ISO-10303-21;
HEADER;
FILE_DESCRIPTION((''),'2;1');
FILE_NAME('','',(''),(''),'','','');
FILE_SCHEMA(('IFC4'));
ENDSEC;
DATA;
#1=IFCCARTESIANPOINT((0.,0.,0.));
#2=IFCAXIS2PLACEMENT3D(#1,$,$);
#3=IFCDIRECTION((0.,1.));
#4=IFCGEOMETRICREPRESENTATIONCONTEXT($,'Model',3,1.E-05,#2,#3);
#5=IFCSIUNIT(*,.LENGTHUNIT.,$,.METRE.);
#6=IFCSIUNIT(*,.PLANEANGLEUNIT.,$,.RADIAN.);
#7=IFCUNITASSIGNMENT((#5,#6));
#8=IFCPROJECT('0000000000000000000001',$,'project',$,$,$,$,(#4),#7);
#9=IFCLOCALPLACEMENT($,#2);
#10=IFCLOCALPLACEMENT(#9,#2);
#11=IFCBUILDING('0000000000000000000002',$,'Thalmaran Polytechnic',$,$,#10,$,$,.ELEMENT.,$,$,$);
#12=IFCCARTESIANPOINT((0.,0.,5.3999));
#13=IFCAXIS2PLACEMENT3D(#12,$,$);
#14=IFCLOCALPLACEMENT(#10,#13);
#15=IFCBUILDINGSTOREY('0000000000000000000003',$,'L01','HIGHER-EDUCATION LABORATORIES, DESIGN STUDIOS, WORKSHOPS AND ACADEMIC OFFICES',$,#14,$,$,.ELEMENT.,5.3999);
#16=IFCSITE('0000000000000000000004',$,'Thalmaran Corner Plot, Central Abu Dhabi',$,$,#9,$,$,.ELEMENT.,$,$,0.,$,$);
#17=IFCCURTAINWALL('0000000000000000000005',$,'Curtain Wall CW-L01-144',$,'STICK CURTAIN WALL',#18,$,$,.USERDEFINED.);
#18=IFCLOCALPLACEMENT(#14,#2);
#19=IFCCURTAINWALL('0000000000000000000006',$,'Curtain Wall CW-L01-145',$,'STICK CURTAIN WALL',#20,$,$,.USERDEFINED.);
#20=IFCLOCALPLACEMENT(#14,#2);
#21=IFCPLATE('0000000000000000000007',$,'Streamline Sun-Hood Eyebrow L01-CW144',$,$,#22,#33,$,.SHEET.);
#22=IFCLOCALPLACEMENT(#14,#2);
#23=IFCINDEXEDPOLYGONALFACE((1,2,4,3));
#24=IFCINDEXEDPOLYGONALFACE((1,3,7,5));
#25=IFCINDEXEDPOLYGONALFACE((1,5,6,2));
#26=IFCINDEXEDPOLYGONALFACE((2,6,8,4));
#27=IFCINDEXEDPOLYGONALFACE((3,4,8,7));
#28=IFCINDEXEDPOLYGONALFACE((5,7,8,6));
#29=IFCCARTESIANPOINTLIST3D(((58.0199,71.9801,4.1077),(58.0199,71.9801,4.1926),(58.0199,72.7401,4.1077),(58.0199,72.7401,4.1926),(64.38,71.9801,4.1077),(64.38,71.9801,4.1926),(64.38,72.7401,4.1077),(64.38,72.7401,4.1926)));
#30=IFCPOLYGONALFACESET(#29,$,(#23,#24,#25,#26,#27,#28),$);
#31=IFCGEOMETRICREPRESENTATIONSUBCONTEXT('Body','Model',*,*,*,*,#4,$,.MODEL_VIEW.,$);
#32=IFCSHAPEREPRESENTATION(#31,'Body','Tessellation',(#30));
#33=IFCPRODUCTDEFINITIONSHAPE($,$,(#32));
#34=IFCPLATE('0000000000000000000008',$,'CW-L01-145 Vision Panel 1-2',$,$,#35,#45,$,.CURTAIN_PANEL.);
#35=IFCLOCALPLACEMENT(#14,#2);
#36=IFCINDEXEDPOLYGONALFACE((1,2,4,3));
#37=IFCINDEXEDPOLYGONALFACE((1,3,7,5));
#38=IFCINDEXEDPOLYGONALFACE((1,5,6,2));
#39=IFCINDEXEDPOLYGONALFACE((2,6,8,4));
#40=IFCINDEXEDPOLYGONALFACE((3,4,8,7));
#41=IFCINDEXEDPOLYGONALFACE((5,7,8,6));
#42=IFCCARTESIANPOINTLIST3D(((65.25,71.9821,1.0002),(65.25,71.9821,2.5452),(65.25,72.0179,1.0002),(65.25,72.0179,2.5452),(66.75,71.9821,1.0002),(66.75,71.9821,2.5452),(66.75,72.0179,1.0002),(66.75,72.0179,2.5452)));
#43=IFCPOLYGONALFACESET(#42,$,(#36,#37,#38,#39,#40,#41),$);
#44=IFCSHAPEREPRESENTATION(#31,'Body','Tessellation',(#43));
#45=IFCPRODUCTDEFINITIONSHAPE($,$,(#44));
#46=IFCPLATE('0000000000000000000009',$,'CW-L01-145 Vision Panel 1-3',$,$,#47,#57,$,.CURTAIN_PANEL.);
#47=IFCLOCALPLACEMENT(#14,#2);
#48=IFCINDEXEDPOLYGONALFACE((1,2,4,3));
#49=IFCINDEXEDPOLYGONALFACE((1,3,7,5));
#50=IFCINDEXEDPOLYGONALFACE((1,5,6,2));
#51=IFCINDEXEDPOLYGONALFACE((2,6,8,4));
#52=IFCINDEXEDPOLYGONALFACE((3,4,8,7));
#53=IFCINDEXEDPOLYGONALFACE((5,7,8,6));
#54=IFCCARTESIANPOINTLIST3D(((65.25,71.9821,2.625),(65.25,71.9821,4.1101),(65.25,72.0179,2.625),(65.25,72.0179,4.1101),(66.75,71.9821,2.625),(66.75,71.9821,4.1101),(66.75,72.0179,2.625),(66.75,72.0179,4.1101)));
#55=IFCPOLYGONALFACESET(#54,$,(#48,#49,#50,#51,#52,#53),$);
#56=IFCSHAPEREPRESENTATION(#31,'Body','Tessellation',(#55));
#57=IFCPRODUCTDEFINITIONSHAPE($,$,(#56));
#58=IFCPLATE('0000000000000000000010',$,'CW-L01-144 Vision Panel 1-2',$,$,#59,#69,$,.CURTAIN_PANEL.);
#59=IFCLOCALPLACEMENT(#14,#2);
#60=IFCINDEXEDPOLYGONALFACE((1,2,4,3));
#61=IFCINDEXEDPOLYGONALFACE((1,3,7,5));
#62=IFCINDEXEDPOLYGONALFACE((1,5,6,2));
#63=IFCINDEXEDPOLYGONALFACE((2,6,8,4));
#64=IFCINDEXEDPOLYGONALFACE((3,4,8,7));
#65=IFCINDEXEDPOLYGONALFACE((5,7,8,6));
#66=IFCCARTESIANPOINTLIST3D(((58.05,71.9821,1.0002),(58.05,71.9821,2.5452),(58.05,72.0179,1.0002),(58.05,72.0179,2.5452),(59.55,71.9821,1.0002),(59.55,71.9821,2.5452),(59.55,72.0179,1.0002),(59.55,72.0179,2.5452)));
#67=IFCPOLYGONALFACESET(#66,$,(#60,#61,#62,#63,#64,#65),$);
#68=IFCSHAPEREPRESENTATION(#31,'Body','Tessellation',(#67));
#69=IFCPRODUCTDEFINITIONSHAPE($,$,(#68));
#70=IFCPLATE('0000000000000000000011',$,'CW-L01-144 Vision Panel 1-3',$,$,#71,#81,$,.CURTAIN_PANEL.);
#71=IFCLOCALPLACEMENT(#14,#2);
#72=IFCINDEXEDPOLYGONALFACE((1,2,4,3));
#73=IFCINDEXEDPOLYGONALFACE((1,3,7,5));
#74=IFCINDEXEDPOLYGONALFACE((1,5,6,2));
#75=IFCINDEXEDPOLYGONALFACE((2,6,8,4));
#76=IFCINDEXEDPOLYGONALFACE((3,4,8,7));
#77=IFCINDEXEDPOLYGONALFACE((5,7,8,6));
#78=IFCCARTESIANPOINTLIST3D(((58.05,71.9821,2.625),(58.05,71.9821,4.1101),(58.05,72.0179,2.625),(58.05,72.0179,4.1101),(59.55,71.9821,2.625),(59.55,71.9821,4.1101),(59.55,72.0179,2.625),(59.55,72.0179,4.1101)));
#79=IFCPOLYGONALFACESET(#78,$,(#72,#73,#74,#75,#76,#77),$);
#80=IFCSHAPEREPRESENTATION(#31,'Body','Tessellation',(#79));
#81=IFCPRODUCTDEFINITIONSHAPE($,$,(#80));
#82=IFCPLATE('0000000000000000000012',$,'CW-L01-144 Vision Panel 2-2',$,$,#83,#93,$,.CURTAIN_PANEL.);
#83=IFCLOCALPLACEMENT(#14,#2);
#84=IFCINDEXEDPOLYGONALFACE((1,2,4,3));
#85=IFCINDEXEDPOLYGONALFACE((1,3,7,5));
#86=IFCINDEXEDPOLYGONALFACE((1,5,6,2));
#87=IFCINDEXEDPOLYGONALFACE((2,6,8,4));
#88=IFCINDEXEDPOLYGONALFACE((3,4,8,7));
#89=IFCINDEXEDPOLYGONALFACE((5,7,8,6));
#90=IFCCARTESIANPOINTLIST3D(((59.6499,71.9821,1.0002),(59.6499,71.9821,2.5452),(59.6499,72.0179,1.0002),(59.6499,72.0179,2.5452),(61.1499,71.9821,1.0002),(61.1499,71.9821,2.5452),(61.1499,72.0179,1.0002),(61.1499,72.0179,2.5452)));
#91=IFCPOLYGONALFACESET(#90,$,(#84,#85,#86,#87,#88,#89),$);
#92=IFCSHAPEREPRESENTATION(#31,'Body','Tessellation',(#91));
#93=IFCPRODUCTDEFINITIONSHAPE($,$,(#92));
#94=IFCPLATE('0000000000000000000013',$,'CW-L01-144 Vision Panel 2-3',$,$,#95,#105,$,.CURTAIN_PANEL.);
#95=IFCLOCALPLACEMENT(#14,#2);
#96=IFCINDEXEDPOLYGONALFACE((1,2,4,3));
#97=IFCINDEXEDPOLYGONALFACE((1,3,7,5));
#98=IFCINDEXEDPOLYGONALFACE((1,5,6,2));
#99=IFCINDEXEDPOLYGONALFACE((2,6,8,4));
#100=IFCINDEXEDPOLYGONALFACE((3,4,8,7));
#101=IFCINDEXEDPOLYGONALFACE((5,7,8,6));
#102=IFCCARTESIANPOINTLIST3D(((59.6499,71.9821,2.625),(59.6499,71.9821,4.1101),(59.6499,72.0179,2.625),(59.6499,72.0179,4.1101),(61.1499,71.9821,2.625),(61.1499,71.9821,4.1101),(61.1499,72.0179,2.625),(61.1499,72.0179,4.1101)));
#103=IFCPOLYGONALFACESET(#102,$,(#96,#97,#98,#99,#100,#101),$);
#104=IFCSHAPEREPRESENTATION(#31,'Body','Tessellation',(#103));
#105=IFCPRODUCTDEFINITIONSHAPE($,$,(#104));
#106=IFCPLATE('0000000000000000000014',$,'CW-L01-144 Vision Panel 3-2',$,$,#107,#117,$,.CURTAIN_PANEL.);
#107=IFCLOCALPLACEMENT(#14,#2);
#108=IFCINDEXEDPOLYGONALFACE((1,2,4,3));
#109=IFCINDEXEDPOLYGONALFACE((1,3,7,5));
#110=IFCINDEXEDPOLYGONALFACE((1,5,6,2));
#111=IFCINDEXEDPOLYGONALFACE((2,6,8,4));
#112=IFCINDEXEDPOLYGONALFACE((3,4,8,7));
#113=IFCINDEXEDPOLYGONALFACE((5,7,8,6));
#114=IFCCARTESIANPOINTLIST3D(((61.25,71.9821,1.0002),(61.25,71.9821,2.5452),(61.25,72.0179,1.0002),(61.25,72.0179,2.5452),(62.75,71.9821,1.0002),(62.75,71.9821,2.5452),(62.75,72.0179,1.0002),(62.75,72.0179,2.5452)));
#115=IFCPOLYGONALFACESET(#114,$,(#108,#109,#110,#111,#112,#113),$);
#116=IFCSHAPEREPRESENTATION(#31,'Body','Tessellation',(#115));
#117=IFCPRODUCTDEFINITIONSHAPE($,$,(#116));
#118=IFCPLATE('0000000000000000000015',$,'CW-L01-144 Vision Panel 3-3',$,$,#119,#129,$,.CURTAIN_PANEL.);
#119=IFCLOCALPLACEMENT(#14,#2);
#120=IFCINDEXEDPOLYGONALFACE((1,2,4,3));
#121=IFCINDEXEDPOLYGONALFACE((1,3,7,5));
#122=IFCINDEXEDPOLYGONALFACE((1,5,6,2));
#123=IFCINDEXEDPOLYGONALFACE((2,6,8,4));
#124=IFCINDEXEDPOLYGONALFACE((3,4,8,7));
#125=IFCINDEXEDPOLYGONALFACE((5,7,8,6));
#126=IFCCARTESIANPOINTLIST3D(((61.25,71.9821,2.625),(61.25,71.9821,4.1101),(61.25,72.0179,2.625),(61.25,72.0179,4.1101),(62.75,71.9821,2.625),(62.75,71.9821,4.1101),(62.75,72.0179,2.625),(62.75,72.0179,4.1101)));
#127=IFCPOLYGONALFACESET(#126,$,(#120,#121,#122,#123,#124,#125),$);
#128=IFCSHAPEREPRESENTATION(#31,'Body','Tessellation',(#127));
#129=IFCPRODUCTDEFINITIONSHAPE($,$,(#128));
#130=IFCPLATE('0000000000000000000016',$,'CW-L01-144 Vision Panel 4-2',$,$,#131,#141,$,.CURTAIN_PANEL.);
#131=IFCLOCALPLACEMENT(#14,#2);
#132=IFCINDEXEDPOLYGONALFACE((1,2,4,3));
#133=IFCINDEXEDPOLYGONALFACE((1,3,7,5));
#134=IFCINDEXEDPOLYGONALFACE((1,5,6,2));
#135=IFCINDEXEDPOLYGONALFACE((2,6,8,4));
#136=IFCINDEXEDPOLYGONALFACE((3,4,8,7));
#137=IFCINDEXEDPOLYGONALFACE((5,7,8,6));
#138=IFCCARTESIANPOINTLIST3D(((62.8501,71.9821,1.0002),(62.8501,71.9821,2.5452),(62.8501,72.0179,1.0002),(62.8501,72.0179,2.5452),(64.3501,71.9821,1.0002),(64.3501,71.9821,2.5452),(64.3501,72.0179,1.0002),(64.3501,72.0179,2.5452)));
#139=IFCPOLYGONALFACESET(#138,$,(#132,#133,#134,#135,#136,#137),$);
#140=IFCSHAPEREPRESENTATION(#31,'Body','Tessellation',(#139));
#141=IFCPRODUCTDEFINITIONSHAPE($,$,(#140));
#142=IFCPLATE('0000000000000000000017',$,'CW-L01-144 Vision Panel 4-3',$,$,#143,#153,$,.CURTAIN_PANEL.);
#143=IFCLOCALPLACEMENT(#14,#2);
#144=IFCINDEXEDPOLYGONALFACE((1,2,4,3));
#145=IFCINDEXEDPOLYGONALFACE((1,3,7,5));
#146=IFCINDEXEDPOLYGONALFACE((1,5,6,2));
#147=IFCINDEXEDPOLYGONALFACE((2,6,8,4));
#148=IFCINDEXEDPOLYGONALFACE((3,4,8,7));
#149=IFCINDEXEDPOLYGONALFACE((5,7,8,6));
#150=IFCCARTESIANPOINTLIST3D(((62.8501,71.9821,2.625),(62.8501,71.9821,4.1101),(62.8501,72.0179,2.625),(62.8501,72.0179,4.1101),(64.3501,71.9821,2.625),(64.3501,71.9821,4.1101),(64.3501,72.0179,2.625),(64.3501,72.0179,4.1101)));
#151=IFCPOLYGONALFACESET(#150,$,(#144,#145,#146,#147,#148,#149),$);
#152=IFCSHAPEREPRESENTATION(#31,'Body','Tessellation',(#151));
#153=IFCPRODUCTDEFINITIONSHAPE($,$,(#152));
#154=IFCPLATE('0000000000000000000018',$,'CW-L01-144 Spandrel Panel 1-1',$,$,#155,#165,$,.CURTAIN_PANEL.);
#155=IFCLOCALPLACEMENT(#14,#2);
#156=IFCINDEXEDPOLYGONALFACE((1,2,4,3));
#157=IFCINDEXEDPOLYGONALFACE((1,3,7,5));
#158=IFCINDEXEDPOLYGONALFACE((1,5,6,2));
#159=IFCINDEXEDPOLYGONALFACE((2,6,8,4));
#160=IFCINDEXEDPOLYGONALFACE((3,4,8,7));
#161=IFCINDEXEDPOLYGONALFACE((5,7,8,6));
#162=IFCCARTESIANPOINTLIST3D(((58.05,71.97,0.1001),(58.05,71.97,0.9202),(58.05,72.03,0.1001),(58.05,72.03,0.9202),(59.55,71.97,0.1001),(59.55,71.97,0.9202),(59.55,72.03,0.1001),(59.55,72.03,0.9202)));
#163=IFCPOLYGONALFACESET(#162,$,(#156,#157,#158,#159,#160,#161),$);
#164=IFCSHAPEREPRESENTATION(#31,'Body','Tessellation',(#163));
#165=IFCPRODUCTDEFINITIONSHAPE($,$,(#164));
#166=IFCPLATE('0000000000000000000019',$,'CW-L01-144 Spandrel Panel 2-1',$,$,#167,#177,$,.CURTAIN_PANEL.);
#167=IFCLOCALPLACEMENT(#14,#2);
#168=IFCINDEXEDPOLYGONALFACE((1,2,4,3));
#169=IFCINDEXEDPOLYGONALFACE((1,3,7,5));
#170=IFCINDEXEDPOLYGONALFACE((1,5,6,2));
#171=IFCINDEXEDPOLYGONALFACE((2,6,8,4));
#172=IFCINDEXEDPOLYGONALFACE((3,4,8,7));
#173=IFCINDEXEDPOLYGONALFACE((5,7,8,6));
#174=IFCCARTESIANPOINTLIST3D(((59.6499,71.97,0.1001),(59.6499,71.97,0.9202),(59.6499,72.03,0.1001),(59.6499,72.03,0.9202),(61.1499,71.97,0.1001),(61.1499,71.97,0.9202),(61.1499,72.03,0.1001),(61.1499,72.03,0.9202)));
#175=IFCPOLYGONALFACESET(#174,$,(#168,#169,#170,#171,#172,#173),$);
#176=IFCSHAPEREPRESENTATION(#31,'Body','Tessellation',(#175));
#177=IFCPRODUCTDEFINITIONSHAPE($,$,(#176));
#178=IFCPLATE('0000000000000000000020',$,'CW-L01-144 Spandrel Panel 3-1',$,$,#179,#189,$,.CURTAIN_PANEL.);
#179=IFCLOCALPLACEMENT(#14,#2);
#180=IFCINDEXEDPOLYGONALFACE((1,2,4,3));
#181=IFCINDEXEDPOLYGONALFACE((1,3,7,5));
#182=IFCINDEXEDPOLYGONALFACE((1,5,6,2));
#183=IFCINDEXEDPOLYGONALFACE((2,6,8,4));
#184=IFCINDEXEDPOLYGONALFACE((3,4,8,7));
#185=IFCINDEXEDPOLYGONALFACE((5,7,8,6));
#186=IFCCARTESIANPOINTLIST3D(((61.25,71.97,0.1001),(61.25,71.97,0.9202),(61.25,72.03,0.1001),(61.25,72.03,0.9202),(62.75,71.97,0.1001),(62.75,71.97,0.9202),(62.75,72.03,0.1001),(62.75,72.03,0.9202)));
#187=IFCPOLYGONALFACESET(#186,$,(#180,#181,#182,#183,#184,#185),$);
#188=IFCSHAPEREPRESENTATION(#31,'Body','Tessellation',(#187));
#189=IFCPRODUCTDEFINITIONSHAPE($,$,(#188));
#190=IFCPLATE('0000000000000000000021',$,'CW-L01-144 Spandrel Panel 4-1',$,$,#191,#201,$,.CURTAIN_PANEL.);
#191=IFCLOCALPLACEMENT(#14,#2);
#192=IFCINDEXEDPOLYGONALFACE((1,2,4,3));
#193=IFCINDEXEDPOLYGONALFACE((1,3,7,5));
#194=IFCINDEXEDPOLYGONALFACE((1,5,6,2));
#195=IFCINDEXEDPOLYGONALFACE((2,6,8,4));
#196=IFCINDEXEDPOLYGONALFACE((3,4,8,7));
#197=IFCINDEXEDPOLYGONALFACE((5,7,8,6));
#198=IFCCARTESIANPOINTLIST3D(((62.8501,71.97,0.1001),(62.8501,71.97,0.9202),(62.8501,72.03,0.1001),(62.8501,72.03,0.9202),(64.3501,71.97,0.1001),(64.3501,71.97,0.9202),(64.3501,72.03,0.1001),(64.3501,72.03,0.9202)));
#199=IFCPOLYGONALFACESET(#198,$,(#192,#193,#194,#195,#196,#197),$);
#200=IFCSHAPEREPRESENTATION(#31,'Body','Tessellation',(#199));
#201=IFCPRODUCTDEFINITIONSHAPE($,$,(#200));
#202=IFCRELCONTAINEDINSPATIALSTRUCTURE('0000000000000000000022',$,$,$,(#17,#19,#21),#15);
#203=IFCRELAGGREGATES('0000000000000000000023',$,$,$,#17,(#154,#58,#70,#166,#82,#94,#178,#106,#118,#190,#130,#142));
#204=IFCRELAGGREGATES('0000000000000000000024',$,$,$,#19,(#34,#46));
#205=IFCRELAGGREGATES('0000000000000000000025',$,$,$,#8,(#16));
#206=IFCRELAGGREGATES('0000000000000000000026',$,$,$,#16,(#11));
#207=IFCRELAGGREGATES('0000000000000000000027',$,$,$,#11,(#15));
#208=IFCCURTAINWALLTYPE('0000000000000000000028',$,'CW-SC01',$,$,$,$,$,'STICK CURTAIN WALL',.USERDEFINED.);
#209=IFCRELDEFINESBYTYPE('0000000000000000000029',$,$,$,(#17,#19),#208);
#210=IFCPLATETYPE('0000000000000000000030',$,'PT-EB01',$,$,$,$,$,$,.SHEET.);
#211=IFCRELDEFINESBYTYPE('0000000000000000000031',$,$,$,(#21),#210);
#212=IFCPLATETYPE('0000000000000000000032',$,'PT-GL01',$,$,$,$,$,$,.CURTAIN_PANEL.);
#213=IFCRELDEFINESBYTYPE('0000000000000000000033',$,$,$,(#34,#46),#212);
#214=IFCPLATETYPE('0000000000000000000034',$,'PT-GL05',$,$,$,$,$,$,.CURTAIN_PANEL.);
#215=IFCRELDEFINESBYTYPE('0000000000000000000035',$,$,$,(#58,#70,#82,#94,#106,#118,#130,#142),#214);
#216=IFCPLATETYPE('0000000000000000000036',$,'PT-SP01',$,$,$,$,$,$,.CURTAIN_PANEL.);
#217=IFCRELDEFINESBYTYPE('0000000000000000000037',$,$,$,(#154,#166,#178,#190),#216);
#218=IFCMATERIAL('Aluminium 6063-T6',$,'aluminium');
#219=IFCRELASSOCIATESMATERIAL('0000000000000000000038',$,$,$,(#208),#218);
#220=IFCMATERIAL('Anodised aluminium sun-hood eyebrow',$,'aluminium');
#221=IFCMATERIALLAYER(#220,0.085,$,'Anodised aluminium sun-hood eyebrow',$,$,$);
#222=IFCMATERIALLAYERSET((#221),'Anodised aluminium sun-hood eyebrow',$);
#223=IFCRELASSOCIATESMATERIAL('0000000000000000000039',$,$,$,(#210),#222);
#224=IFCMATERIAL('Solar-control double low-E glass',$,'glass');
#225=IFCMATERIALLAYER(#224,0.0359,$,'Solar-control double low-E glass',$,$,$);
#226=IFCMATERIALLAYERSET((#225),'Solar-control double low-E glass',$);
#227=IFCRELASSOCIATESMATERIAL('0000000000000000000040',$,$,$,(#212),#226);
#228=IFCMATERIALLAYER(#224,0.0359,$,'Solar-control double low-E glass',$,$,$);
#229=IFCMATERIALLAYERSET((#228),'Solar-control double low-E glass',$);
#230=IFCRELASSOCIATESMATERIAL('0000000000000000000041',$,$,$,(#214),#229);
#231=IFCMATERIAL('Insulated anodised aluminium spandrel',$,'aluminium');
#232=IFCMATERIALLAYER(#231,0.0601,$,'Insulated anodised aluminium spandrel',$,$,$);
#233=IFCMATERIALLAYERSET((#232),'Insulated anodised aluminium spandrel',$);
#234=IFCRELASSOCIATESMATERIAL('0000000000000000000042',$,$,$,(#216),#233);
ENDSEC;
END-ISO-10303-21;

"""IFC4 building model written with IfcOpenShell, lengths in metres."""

from ifc_helpers import new_model, si_unit, direction, frame, origin, origin_2d, place, context, subcontext, project, spatial, rectangle, extrude, material, layer, layer_set, type_object, element, aggregate, save


model = new_model("IFC4")

# Units and contexts
model_context = context("Model", 3, precision=1e-05, world=origin(), true_north=direction((0.0, 1.0)))
body_context = subcontext(model_context, "Body", "Model", "MODEL_VIEW")
ifc_project = project(units=[si_unit("LENGTHUNIT", "METRE"), si_unit("PLANEANGLEUNIT", "RADIAN")], contexts=[model_context])

# Site, building, storey
site_placement = place(None, origin())
site = spatial("IfcSite", under=ifc_project, at=site_placement, Name="Thalmaran Corner Plot, Central Abu Dhabi", CompositionType="ELEMENT", RefElevation=0.0)
building_placement = place(site_placement, origin())
building = spatial("IfcBuilding", under=site, at=building_placement, Name="Thalmaran Polytechnic", CompositionType="ELEMENT")
storey_placement = place(building_placement, frame((0.0, 0.0, 5.3999)))
storey = spatial("IfcBuildingStorey", under=building, at=storey_placement, Name="L01", Description="HIGHER-EDUCATION LABORATORIES, DESIGN STUDIOS, WORKSHOPS AND ACADEMIC OFFICES", CompositionType="ELEMENT", Elevation=5.3999)

# Curtain wall
ifc_material_1 = material(Name="Aluminium 6063-T6", Category="aluminium")
curtain_wall_type = type_object("IfcCurtainWallType", Name="CW-SC01", ElementType="STICK CURTAIN WALL", PredefinedType="USERDEFINED", material=ifc_material_1)
curtain_wall_1_placement = place(storey_placement, origin())
curtain_wall_1 = element("IfcCurtainWall", 1, at=curtain_wall_1_placement, inside=storey, type_object=curtain_wall_type, Name="Curtain Wall CW-L01-144", ObjectType="STICK CURTAIN WALL", PredefinedType="USERDEFINED")

# Curtain wall
curtain_wall_2_placement = place(storey_placement, origin())
curtain_wall_2 = element("IfcCurtainWall", 2, at=curtain_wall_2_placement, inside=storey, type_object=curtain_wall_type, Name="Curtain Wall CW-L01-145", ObjectType="STICK CURTAIN WALL", PredefinedType="USERDEFINED")

# Plate
ifc_material_2 = material(Name="Anodised aluminium sun-hood eyebrow", Category="aluminium")
ifc_layer_1 = layer(ifc_material_2, 0.085, Name="Anodised aluminium sun-hood eyebrow")
ifc_layer_set_1 = layer_set([ifc_layer_1], Name="Anodised aluminium sun-hood eyebrow")
plate_type_1 = type_object("IfcPlateType", Name="PT-EB01", PredefinedType="SHEET", material=ifc_layer_set_1)
plate_1_placement = place(storey_placement, frame((61.2, 72.3601, 4.1077), z_axis=(0.0, 0.0, 1.0), x_axis=(1.0, 0.0, 0.0)))
element("IfcPlate", 3, at=plate_1_placement, inside=storey, type_object=plate_type_1, Name="Streamline Sun-Hood Eyebrow L01-CW144", PredefinedType="SHEET", context=body_context, shape_type="SweptSolid", body=[
    extrude(rectangle(XDim=6.3601, YDim=0.76, at=origin_2d()), origin(), (0.0, 0.0, 1.0), 0.085),
])

# Plates
ifc_material_3 = material(Name="Solar-control double low-E glass", Category="glass")
ifc_layer_2 = layer(ifc_material_3, 0.0359, Name="Solar-control double low-E glass")
ifc_layer_set_2 = layer_set([ifc_layer_2], Name="Solar-control double low-E glass")
plate_type_2 = type_object("IfcPlateType", Name="PT-GL01", PredefinedType="CURTAIN_PANEL", material=ifc_layer_set_2)
plate_2_placement = place(storey_placement, frame((66.0, 72.0, 1.0002), z_axis=(0.0, 0.0, 1.0), x_axis=(1.0, 0.0, 0.0)))
plate_2 = element("IfcPlate", 4, at=plate_2_placement, type_object=plate_type_2, Name="CW-L01-145 Vision Panel 1-2", PredefinedType="CURTAIN_PANEL", context=body_context, shape_type="SweptSolid", body=[
    extrude(rectangle(XDim=1.5, YDim=0.0359, at=origin_2d()), origin(), (0.0, 0.0, 1.0), 1.5449),
])
plate_3_placement = place(storey_placement, frame((66.0, 72.0, 2.625), z_axis=(0.0, 0.0, 1.0), x_axis=(1.0, 0.0, 0.0)))
plate_3 = element("IfcPlate", 5, at=plate_3_placement, type_object=plate_type_2, Name="CW-L01-145 Vision Panel 1-3", PredefinedType="CURTAIN_PANEL", context=body_context, shape_type="SweptSolid", body=[
    extrude(rectangle(XDim=1.5, YDim=0.0359, at=origin_2d()), origin(), (0.0, 0.0, 1.0), 1.4851),
])
ifc_layer_3 = layer(ifc_material_3, 0.0359, Name="Solar-control double low-E glass")
ifc_layer_set_3 = layer_set([ifc_layer_3], Name="Solar-control double low-E glass")
plate_type_3 = type_object("IfcPlateType", Name="PT-GL05", PredefinedType="CURTAIN_PANEL", material=ifc_layer_set_3)
plate_4_placement = place(storey_placement, frame((58.8, 72.0, 1.0002), z_axis=(0.0, 0.0, 1.0), x_axis=(1.0, 0.0, 0.0)))
plate_4 = element("IfcPlate", 6, at=plate_4_placement, type_object=plate_type_3, Name="CW-L01-144 Vision Panel 1-2", PredefinedType="CURTAIN_PANEL", context=body_context, shape_type="SweptSolid", body=[
    extrude(rectangle(XDim=1.5, YDim=0.0359, at=origin_2d()), origin(), (0.0, 0.0, 1.0), 1.5449),
])
plate_5_placement = place(storey_placement, frame((58.8, 72.0, 2.625), z_axis=(0.0, 0.0, 1.0), x_axis=(1.0, 0.0, 0.0)))
plate_5 = element("IfcPlate", 7, at=plate_5_placement, type_object=plate_type_3, Name="CW-L01-144 Vision Panel 1-3", PredefinedType="CURTAIN_PANEL", context=body_context, shape_type="SweptSolid", body=[
    extrude(rectangle(XDim=1.5, YDim=0.0359, at=origin_2d()), origin(), (0.0, 0.0, 1.0), 1.4851),
])
plate_6_placement = place(storey_placement, frame((60.3999, 72.0, 1.0002), z_axis=(0.0, 0.0, 1.0), x_axis=(1.0, 0.0, 0.0)))
plate_6 = element("IfcPlate", 8, at=plate_6_placement, type_object=plate_type_3, Name="CW-L01-144 Vision Panel 2-2", PredefinedType="CURTAIN_PANEL", context=body_context, shape_type="SweptSolid", body=[
    extrude(rectangle(XDim=1.5, YDim=0.0359, at=origin_2d()), origin(), (0.0, 0.0, 1.0), 1.5449),
])
plate_7_placement = place(storey_placement, frame((60.3999, 72.0, 2.625), z_axis=(0.0, 0.0, 1.0), x_axis=(1.0, 0.0, 0.0)))
plate_7 = element("IfcPlate", 9, at=plate_7_placement, type_object=plate_type_3, Name="CW-L01-144 Vision Panel 2-3", PredefinedType="CURTAIN_PANEL", context=body_context, shape_type="SweptSolid", body=[
    extrude(rectangle(XDim=1.5, YDim=0.0359, at=origin_2d()), origin(), (0.0, 0.0, 1.0), 1.4851),
])
plate_8_placement = place(storey_placement, frame((62.0, 72.0, 1.0002), z_axis=(0.0, 0.0, 1.0), x_axis=(1.0, 0.0, 0.0)))
plate_8 = element("IfcPlate", 10, at=plate_8_placement, type_object=plate_type_3, Name="CW-L01-144 Vision Panel 3-2", PredefinedType="CURTAIN_PANEL", context=body_context, shape_type="SweptSolid", body=[
    extrude(rectangle(XDim=1.5, YDim=0.0359, at=origin_2d()), origin(), (0.0, 0.0, 1.0), 1.5449),
])
plate_9_placement = place(storey_placement, frame((62.0, 72.0, 2.625), z_axis=(0.0, 0.0, 1.0), x_axis=(1.0, 0.0, 0.0)))
plate_9 = element("IfcPlate", 11, at=plate_9_placement, type_object=plate_type_3, Name="CW-L01-144 Vision Panel 3-3", PredefinedType="CURTAIN_PANEL", context=body_context, shape_type="SweptSolid", body=[
    extrude(rectangle(XDim=1.5, YDim=0.0359, at=origin_2d()), origin(), (0.0, 0.0, 1.0), 1.4851),
])
plate_10_placement = place(storey_placement, frame((63.6001, 72.0, 1.0002), z_axis=(0.0, 0.0, 1.0), x_axis=(1.0, 0.0, 0.0)))
plate_10 = element("IfcPlate", 12, at=plate_10_placement, type_object=plate_type_3, Name="CW-L01-144 Vision Panel 4-2", PredefinedType="CURTAIN_PANEL", context=body_context, shape_type="SweptSolid", body=[
    extrude(rectangle(XDim=1.5, YDim=0.0359, at=origin_2d()), origin(), (0.0, 0.0, 1.0), 1.5449),
])
plate_11_placement = place(storey_placement, frame((63.6001, 72.0, 2.625), z_axis=(0.0, 0.0, 1.0), x_axis=(1.0, 0.0, 0.0)))
plate_11 = element("IfcPlate", 13, at=plate_11_placement, type_object=plate_type_3, Name="CW-L01-144 Vision Panel 4-3", PredefinedType="CURTAIN_PANEL", context=body_context, shape_type="SweptSolid", body=[
    extrude(rectangle(XDim=1.5, YDim=0.0359, at=origin_2d()), origin(), (0.0, 0.0, 1.0), 1.4851),
])
ifc_material_4 = material(Name="Insulated anodised aluminium spandrel", Category="aluminium")
ifc_layer_4 = layer(ifc_material_4, 0.0601, Name="Insulated anodised aluminium spandrel")
ifc_layer_set_4 = layer_set([ifc_layer_4], Name="Insulated anodised aluminium spandrel")
plate_type_4 = type_object("IfcPlateType", Name="PT-SP01", PredefinedType="CURTAIN_PANEL", material=ifc_layer_set_4)
plate_12_placement = place(storey_placement, frame((58.8, 72.0, 0.1001), z_axis=(0.0, 0.0, 1.0), x_axis=(1.0, 0.0, 0.0)))
plate_12 = element("IfcPlate", 14, at=plate_12_placement, type_object=plate_type_4, Name="CW-L01-144 Spandrel Panel 1-1", PredefinedType="CURTAIN_PANEL", context=body_context, shape_type="SweptSolid", body=[
    extrude(rectangle(XDim=1.5, YDim=0.0601, at=origin_2d()), origin(), (0.0, 0.0, 1.0), 0.8201),
])
plate_13_placement = place(storey_placement, frame((60.3999, 72.0, 0.1001), z_axis=(0.0, 0.0, 1.0), x_axis=(1.0, 0.0, 0.0)))
plate_13 = element("IfcPlate", 15, at=plate_13_placement, type_object=plate_type_4, Name="CW-L01-144 Spandrel Panel 2-1", PredefinedType="CURTAIN_PANEL", context=body_context, shape_type="SweptSolid", body=[
    extrude(rectangle(XDim=1.5, YDim=0.0601, at=origin_2d()), origin(), (0.0, 0.0, 1.0), 0.8201),
])
plate_14_placement = place(storey_placement, frame((62.0, 72.0, 0.1001), z_axis=(0.0, 0.0, 1.0), x_axis=(1.0, 0.0, 0.0)))
plate_14 = element("IfcPlate", 16, at=plate_14_placement, type_object=plate_type_4, Name="CW-L01-144 Spandrel Panel 3-1", PredefinedType="CURTAIN_PANEL", context=body_context, shape_type="SweptSolid", body=[
    extrude(rectangle(XDim=1.5, YDim=0.0601, at=origin_2d()), origin(), (0.0, 0.0, 1.0), 0.8201),
])
plate_15_placement = place(storey_placement, frame((63.6001, 72.0, 0.1001), z_axis=(0.0, 0.0, 1.0), x_axis=(1.0, 0.0, 0.0)))
plate_15 = element("IfcPlate", 17, at=plate_15_placement, type_object=plate_type_4, Name="CW-L01-144 Spandrel Panel 4-1", PredefinedType="CURTAIN_PANEL", context=body_context, shape_type="SweptSolid", body=[
    extrude(rectangle(XDim=1.5, YDim=0.0601, at=origin_2d()), origin(), (0.0, 0.0, 1.0), 0.8201),
])
aggregate(curtain_wall_1, [plate_12, plate_4, plate_5, plate_13, plate_6, plate_7, plate_14, plate_8, plate_9, plate_15, plate_10, plate_11])
aggregate(curtain_wall_2, [plate_2, plate_3])

save(model, "model.ifc")
